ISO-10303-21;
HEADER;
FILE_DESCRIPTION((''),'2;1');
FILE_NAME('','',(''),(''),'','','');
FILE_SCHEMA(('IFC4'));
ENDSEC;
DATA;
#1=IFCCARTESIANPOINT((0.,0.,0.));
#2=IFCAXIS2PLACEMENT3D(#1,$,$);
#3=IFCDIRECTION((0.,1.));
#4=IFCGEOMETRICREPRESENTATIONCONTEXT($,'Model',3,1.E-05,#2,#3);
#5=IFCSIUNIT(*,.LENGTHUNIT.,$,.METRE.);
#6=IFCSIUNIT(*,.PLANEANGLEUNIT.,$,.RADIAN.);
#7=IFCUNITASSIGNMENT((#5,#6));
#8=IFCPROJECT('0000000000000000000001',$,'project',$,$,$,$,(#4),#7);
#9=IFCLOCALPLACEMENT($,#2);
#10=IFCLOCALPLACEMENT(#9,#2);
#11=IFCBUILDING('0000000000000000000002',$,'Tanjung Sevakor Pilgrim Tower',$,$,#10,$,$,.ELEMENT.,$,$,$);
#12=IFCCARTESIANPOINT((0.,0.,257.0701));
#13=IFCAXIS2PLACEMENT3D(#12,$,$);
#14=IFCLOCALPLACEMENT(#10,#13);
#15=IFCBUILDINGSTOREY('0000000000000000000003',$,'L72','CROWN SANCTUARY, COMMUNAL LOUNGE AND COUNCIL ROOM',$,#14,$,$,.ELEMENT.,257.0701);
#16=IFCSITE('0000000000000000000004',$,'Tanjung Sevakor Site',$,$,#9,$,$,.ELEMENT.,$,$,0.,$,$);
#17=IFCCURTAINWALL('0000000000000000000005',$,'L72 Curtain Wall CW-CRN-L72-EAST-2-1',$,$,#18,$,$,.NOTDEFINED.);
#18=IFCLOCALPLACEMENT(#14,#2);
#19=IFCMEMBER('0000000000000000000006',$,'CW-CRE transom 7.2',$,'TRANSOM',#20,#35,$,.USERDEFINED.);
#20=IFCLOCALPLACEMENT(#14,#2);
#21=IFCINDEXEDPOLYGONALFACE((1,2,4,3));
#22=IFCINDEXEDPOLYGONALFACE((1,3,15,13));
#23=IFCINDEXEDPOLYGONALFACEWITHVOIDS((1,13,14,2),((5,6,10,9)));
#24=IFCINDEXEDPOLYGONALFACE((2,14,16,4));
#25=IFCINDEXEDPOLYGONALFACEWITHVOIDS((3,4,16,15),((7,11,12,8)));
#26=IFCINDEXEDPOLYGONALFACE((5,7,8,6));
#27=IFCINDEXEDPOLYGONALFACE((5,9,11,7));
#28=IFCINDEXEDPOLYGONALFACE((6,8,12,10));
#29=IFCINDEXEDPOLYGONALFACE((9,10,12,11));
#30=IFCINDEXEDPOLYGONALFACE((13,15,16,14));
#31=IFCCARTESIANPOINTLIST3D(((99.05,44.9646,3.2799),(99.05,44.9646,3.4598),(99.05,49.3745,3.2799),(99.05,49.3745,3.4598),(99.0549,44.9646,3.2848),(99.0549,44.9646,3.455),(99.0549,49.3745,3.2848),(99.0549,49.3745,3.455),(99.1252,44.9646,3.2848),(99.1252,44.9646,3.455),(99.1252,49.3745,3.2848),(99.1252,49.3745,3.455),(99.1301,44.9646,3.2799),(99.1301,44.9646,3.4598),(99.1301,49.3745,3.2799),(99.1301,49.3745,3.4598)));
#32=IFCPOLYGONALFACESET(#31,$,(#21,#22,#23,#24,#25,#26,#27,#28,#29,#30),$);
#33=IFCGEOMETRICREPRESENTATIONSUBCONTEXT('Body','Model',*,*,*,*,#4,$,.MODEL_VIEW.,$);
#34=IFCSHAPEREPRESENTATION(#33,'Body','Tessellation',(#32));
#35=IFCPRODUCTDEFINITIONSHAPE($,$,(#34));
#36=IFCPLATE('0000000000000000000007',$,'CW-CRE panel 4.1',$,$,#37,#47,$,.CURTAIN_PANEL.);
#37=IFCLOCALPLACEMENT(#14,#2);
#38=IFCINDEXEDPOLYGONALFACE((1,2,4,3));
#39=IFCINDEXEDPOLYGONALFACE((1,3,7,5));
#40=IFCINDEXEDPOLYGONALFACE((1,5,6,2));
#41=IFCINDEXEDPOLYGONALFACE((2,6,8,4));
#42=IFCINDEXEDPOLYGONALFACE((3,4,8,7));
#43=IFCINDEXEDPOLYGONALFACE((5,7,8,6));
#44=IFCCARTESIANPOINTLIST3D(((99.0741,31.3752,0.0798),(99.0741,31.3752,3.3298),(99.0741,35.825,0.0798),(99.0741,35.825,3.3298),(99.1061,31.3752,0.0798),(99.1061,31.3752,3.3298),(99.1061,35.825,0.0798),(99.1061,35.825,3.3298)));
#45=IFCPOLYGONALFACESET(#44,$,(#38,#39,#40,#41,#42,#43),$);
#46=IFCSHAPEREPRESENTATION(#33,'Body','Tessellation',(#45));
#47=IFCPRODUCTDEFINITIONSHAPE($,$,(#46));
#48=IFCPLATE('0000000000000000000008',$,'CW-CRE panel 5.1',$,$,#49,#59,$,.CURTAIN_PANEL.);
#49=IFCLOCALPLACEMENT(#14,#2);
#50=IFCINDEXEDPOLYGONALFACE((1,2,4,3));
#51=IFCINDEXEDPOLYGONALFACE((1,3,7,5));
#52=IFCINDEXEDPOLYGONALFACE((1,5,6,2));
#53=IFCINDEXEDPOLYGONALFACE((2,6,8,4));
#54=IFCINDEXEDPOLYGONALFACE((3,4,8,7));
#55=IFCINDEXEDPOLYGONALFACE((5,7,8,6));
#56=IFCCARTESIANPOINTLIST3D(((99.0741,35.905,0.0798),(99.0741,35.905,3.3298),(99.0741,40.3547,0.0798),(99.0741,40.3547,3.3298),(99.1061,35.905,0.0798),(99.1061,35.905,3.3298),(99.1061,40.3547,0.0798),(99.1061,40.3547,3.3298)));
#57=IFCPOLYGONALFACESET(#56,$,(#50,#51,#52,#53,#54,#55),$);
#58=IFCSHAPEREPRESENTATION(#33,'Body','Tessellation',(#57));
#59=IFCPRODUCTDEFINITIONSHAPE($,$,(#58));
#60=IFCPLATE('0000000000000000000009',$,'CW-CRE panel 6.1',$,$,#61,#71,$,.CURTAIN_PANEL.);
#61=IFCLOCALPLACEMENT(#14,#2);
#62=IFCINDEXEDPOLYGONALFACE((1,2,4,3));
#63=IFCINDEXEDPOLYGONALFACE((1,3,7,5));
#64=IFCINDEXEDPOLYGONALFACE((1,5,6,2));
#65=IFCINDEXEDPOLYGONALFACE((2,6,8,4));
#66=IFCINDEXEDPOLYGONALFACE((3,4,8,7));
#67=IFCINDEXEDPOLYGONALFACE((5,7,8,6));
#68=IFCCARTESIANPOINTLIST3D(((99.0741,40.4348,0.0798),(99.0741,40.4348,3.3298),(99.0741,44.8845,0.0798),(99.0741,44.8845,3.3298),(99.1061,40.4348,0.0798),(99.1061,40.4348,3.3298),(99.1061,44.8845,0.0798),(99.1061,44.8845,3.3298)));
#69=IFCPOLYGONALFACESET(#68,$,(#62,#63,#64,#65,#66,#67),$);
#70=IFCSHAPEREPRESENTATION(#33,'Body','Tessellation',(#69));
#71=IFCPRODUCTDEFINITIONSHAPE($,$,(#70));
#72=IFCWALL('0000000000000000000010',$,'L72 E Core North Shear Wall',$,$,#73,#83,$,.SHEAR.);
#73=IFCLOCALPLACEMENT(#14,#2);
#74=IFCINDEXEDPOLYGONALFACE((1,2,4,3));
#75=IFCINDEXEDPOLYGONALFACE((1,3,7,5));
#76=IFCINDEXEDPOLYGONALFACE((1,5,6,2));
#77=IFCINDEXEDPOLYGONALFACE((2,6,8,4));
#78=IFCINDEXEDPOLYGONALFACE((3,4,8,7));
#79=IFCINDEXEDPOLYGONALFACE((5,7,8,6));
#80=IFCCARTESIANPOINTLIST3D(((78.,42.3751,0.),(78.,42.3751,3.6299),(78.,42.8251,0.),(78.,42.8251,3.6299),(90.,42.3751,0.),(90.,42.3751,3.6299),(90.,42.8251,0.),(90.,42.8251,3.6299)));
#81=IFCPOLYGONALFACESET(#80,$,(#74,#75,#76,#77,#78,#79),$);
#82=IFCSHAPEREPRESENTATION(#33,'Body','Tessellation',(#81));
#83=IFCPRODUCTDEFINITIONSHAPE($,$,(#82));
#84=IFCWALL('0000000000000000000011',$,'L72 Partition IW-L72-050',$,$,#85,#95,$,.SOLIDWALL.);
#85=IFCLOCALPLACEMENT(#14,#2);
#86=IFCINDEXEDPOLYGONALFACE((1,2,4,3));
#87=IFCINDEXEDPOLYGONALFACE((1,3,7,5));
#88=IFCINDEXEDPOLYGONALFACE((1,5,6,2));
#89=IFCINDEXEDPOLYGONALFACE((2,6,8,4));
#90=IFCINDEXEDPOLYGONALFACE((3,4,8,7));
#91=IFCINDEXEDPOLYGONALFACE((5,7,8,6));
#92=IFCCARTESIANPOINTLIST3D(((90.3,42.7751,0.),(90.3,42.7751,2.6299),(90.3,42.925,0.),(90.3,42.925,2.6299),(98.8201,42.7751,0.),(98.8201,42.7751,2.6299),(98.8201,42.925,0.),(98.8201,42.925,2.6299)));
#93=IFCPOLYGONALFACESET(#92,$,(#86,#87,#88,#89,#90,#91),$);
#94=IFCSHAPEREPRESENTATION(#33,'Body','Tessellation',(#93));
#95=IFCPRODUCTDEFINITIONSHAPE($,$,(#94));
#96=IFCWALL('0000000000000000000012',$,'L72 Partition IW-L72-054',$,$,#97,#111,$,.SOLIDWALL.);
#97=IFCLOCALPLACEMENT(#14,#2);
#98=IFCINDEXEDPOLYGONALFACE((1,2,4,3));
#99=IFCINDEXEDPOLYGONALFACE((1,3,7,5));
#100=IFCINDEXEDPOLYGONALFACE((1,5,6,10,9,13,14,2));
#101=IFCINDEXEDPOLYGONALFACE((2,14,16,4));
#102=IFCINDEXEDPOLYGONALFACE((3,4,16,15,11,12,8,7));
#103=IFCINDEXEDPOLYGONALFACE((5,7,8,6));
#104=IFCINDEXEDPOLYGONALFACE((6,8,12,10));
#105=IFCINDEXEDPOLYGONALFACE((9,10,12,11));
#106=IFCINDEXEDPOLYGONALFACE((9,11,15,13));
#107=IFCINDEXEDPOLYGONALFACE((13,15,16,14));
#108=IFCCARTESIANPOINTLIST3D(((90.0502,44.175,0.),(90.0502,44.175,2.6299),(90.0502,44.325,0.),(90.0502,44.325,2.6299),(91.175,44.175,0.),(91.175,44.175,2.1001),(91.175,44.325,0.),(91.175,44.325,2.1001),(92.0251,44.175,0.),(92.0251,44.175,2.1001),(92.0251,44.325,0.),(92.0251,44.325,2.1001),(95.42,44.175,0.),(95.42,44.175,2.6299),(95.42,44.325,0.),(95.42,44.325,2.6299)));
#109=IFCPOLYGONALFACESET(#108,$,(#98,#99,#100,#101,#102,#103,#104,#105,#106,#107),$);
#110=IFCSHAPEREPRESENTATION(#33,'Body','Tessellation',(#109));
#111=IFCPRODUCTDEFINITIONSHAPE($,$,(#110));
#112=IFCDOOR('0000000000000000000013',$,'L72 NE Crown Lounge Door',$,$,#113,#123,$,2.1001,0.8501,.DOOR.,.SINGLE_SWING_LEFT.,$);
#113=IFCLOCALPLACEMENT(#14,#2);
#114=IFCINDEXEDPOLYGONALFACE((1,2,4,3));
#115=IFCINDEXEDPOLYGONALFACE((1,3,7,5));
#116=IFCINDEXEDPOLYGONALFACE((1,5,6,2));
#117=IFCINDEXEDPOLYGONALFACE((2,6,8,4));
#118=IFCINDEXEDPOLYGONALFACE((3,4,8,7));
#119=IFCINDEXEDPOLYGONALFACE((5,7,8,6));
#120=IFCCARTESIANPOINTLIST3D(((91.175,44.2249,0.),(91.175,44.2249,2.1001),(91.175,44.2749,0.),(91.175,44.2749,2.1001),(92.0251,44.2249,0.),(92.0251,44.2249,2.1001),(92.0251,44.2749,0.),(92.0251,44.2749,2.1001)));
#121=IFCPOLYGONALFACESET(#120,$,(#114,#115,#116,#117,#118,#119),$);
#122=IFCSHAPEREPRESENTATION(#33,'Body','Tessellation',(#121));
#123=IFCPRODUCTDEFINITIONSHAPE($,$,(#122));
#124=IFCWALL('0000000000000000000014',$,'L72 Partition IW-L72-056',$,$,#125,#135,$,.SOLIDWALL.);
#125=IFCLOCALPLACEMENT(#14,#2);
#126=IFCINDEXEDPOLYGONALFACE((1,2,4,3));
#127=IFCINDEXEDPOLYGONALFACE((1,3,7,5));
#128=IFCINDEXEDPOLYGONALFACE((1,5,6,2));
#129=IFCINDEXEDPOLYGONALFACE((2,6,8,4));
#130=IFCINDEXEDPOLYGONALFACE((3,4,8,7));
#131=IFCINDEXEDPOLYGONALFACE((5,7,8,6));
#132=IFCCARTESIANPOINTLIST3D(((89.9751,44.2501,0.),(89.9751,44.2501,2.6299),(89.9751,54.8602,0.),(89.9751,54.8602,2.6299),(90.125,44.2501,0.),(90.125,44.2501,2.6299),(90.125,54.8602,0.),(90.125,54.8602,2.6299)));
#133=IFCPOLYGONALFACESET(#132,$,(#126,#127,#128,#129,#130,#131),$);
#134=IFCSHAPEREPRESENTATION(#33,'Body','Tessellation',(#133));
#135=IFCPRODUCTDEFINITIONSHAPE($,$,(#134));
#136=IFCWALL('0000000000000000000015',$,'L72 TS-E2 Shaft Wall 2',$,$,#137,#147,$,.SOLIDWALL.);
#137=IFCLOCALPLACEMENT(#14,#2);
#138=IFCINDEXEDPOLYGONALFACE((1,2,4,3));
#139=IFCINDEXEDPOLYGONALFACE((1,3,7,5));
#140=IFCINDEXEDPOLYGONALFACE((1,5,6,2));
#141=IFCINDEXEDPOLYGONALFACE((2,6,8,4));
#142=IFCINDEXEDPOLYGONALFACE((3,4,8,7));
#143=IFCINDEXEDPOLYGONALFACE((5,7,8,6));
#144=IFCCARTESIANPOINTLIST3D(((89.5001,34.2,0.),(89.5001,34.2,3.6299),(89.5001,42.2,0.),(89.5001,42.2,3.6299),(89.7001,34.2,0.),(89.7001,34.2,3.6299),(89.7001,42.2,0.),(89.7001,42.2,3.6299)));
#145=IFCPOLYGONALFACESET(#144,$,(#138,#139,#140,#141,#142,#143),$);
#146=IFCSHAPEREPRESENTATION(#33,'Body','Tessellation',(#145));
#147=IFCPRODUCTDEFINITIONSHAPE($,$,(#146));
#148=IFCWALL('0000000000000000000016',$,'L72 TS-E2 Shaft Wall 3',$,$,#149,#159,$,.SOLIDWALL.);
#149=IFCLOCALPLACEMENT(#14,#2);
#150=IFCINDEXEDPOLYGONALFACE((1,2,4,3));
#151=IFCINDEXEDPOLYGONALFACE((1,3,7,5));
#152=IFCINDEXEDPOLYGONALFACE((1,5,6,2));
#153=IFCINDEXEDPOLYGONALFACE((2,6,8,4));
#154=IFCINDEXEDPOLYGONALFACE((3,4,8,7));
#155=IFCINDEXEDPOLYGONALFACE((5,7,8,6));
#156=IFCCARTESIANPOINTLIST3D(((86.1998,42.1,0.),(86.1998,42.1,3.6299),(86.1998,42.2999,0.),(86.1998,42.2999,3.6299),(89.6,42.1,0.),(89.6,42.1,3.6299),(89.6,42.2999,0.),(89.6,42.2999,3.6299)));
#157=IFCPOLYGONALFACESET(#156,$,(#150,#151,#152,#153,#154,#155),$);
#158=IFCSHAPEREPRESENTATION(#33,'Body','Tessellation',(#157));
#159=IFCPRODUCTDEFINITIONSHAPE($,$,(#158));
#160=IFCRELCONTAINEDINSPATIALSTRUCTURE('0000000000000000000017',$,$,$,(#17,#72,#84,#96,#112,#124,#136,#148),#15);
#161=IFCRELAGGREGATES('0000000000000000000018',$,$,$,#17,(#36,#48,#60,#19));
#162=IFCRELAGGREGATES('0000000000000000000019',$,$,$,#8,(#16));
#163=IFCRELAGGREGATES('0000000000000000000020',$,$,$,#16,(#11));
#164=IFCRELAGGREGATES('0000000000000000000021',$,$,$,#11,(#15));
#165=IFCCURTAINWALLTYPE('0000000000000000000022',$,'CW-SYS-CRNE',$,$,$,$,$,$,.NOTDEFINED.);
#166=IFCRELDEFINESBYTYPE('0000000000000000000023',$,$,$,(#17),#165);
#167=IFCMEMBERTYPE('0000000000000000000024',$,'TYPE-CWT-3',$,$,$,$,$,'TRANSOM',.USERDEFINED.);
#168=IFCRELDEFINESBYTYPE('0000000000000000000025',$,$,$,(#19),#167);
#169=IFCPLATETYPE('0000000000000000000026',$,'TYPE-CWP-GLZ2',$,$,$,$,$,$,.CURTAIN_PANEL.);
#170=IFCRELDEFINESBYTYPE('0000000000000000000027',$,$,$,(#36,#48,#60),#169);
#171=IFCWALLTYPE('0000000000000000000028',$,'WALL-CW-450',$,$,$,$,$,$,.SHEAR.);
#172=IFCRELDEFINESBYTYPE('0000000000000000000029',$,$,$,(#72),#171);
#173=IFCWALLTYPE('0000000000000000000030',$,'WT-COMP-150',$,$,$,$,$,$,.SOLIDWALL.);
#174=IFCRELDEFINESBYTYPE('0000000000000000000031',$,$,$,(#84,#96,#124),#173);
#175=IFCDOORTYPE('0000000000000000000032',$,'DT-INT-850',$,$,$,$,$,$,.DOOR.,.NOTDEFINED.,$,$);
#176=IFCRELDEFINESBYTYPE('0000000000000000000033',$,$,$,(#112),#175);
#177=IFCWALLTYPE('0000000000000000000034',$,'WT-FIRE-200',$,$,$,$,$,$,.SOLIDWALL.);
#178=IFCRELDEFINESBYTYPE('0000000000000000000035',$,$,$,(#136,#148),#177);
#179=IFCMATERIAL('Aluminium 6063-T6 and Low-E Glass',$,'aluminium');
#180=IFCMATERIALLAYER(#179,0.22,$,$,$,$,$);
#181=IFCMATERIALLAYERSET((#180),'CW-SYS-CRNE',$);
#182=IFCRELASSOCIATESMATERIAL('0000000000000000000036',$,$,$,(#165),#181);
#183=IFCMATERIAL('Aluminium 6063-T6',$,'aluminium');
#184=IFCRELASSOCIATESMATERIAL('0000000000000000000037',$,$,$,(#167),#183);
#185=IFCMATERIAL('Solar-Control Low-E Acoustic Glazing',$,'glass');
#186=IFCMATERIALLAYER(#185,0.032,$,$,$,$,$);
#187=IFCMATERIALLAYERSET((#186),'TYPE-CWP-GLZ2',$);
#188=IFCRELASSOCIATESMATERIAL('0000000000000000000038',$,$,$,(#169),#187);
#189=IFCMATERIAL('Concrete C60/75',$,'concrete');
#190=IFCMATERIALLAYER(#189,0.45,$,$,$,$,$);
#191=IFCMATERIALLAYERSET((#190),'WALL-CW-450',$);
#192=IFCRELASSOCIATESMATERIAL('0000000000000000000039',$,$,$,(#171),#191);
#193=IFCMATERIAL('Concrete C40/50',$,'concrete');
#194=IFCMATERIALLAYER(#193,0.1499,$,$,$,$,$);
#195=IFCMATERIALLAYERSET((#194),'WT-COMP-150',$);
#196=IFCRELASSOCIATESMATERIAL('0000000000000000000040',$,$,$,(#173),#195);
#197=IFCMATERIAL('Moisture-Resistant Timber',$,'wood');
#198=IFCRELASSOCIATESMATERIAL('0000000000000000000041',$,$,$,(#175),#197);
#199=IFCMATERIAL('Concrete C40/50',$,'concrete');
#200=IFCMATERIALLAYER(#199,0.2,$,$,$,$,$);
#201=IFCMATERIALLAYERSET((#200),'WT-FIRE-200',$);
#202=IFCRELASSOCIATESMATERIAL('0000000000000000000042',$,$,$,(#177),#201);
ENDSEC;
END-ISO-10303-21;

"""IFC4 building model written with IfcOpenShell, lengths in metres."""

from ifc_helpers import new_model, si_unit, direction, frame, frame_2d, origin, origin_2d, place, context, subcontext, project, spatial, rectangle, hollow_rectangle, extrude, material, layer, layer_set, material_profile, profile_set, type_object, element, fill, aggregate, save


model = new_model("IFC4")

# Units and contexts
model_context = context("Model", 3, precision=1e-05, world=origin(), true_north=direction((0.0, 1.0)))
body_context = subcontext(model_context, "Body", "Model", "MODEL_VIEW")
ifc_project = project(units=[si_unit("LENGTHUNIT", "METRE"), si_unit("PLANEANGLEUNIT", "RADIAN")], contexts=[model_context])

# Site, building, storey
site_placement = place(None, origin())
site = spatial("IfcSite", under=ifc_project, at=site_placement, Name="Tanjung Sevakor Site", CompositionType="ELEMENT", RefElevation=0.0)
building_placement = place(site_placement, origin())
building = spatial("IfcBuilding", under=site, at=building_placement, Name="Tanjung Sevakor Pilgrim Tower", CompositionType="ELEMENT")
storey_placement = place(building_placement, frame((0.0, 0.0, 257.0701)))
storey = spatial("IfcBuildingStorey", under=building, at=storey_placement, Name="L72", Description="CROWN SANCTUARY, COMMUNAL LOUNGE AND COUNCIL ROOM", CompositionType="ELEMENT", Elevation=257.0701)

# Curtain wall, member, plates
ifc_material_1 = material(Name="Aluminium 6063-T6 and Low-E Glass", Category="aluminium")
ifc_layer_1 = layer(ifc_material_1, 0.22)
ifc_layer_set_1 = layer_set([ifc_layer_1], Name="CW-SYS-CRNE")
curtain_wall_type = type_object("IfcCurtainWallType", Name="CW-SYS-CRNE", PredefinedType="NOTDEFINED", material=ifc_layer_set_1)
curtain_wall_placement = place(storey_placement, origin())
curtain_wall = element("IfcCurtainWall", 1, at=curtain_wall_placement, inside=storey, type_object=curtain_wall_type, Name="L72 Curtain Wall CW-CRN-L72-EAST-2-1", PredefinedType="NOTDEFINED")
ifc_material_2 = material(Name="Aluminium 6063-T6", Category="aluminium")
ifc_material_profile_1 = material_profile(ifc_material_2, hollow_rectangle(XDim=0.0801, YDim=0.1799, WallThickness=0.0049, at=origin_2d()))
ifc_profile_set_1 = profile_set([ifc_material_profile_1], Name="Aluminium 6063-T6")
member_type_1 = type_object("IfcMemberType", Name="TYPE-CWT-3", ElementType="TRANSOM", PredefinedType="USERDEFINED", material=ifc_profile_set_1)
member_1_placement = place(storey_placement, frame((99.0901, 44.9646, 3.3699), z_axis=(0.0, 1.0, 0.0), x_axis=(-1.0, 0.0, 0.0)))
member_1 = element("IfcMember", 2, at=member_1_placement, type_object=member_type_1, Name="CW-CRE transom 7.2", ObjectType="TRANSOM", PredefinedType="USERDEFINED", context=body_context, shape_type="SweptSolid", body=[
    extrude(hollow_rectangle(XDim=0.0801, YDim=0.1799, WallThickness=0.0049, at=origin_2d()), origin(), (0.0, 0.0, 1.0), 4.4099),
])
ifc_material_3 = material(Name="Solar-Control Low-E Acoustic Glazing", Category="glass")
ifc_layer_2 = layer(ifc_material_3, 0.032)
ifc_layer_set_2 = layer_set([ifc_layer_2], Name="TYPE-CWP-GLZ2")
plate_type = type_object("IfcPlateType", Name="TYPE-CWP-GLZ2", PredefinedType="CURTAIN_PANEL", material=ifc_layer_set_2)
plate_1_placement = place(storey_placement, frame((99.0901, 33.6001, 0.0798), z_axis=(0.0, 0.0, 1.0), x_axis=(0.0, 1.0, 0.0)))
plate_1 = element("IfcPlate", 3, at=plate_1_placement, type_object=plate_type, Name="CW-CRE panel 4.1", PredefinedType="CURTAIN_PANEL", context=body_context, shape_type="SweptSolid", body=[
    extrude(rectangle(XDim=4.4497, YDim=0.032, at=origin_2d()), origin(), (0.0, 0.0, 1.0), 3.25),
])
plate_2_placement = place(storey_placement, frame((99.0901, 38.1299, 0.0798), z_axis=(0.0, 0.0, 1.0), x_axis=(0.0, 1.0, 0.0)))
plate_2 = element("IfcPlate", 4, at=plate_2_placement, type_object=plate_type, Name="CW-CRE panel 5.1", PredefinedType="CURTAIN_PANEL", context=body_context, shape_type="SweptSolid", body=[
    extrude(rectangle(XDim=4.4497, YDim=0.032, at=origin_2d()), origin(), (0.0, 0.0, 1.0), 3.25),
])
plate_3_placement = place(storey_placement, frame((99.0901, 42.6597, 0.0798), z_axis=(0.0, 0.0, 1.0), x_axis=(0.0, 1.0, 0.0)))
plate_3 = element("IfcPlate", 5, at=plate_3_placement, type_object=plate_type, Name="CW-CRE panel 6.1", PredefinedType="CURTAIN_PANEL", context=body_context, shape_type="SweptSolid", body=[
    extrude(rectangle(XDim=4.4497, YDim=0.032, at=origin_2d()), origin(), (0.0, 0.0, 1.0), 3.25),
])
aggregate(curtain_wall, [plate_1, plate_2, plate_3, member_1])

# Walls
ifc_material_4 = material(Name="Concrete C60/75", Category="concrete")
ifc_layer_3 = layer(ifc_material_4, 0.45)
ifc_layer_set_3 = layer_set([ifc_layer_3], Name="WALL-CW-450")
wall_type_1 = type_object("IfcWallType", Name="WALL-CW-450", PredefinedType="SHEAR", material=ifc_layer_set_3)
wall_1_placement = place(storey_placement, frame((90.0, 42.6001, 0.0), z_axis=(0.0, 0.0, 1.0), x_axis=(-1.0, 0.0, 0.0)))
element("IfcWall", 6, at=wall_1_placement, inside=storey, type_object=wall_type_1, Name="L72 E Core North Shear Wall", PredefinedType="SHEAR", context=body_context, shape_type="SweptSolid", body=[
    extrude(rectangle(XDim=12.0, YDim=0.45, at=frame_2d((6.0, 0.0))), origin(), (0.0, 0.0, 1.0), 3.6299),
])
ifc_material_5 = material(Name="Concrete C40/50", Category="concrete")
ifc_layer_4 = layer(ifc_material_5, 0.1499)
ifc_layer_set_4 = layer_set([ifc_layer_4], Name="WT-COMP-150")
wall_type_2 = type_object("IfcWallType", Name="WT-COMP-150", PredefinedType="SOLIDWALL", material=ifc_layer_set_4)
wall_2_placement = place(storey_placement, frame((90.3, 42.8501, 0.0), z_axis=(0.0, 0.0, 1.0), x_axis=(1.0, 0.0, 0.0)))
element("IfcWall", 7, at=wall_2_placement, inside=storey, type_object=wall_type_2, Name="L72 Partition IW-L72-050", PredefinedType="SOLIDWALL", context=body_context, shape_type="SweptSolid", body=[
    extrude(rectangle(XDim=8.52, YDim=0.1499, at=frame_2d((4.26, 0.0))), origin(), (0.0, 0.0, 1.0), 2.6299),
])

# Wall, opening, door
wall_3_placement = place(storey_placement, frame((90.05, 44.25, 0.0), z_axis=(0.0, 0.0, 1.0), x_axis=(1.0, 0.0, 0.0)))
wall_3 = element("IfcWall", 8, at=wall_3_placement, inside=storey, type_object=wall_type_2, Name="L72 Partition IW-L72-054", PredefinedType="SOLIDWALL", context=body_context, shape_type="SweptSolid", body=[
    extrude(rectangle(XDim=5.3699, YDim=0.1499, at=frame_2d((2.6851, 0.0))), origin(), (0.0, 0.0, 1.0), 2.6299),
])
opening_placement = place(wall_3_placement, frame((1.125, 0.0, 0.0)))
opening = element("IfcOpeningElement", 9, at=opening_placement, cuts=wall_3, PredefinedType="OPENING", context=body_context, shape_type="SweptSolid", body=[
    extrude(rectangle(XDim=0.8501, YDim=2.1001, at=frame_2d((0.425, 1.05))), frame((0.0, 0.085, 0.0), z_axis=(0.0, -1.0, 0.0), x_axis=(1.0, 0.0, 0.0)), (0.0, 0.0, 1.0), 0.1699),
])
ifc_material_6 = material(Name="Moisture-Resistant Timber", Category="wood")
door_type = type_object("IfcDoorType", Name="DT-INT-850", OperationType="NOTDEFINED", PredefinedType="DOOR", material=ifc_material_6)
door_placement = place(opening_placement, origin())
door = element("IfcDoor", 10, at=door_placement, inside=storey, type_object=door_type, Name="L72 NE Crown Lounge Door", OperationType="SINGLE_SWING_LEFT", OverallHeight=2.1001, OverallWidth=0.8501, PredefinedType="DOOR", context=body_context, shape_type="SweptSolid", body=[
    extrude(rectangle(XDim=0.8501, YDim=2.1001, at=frame_2d((0.425, 1.05))), frame((0.0, 0.0249, 0.0), z_axis=(0.0, -1.0, 0.0), x_axis=(1.0, 0.0, 0.0)), (0.0, 0.0, 1.0), 0.05),
])
fill(opening, door)

# Walls
wall_4_placement = place(storey_placement, frame((90.05, 44.25, 0.0), z_axis=(0.0, 0.0, 1.0), x_axis=(0.0, 1.0, 0.0)))
element("IfcWall", 11, at=wall_4_placement, inside=storey, type_object=wall_type_2, Name="L72 Partition IW-L72-056", PredefinedType="SOLIDWALL", context=body_context, shape_type="SweptSolid", body=[
    extrude(rectangle(XDim=10.6101, YDim=0.1499, at=frame_2d((5.3052, 0.0))), origin(), (0.0, 0.0, 1.0), 2.6299),
])
ifc_material_7 = material(Name="Concrete C40/50", Category="concrete")
ifc_layer_5 = layer(ifc_material_7, 0.2)
ifc_layer_set_5 = layer_set([ifc_layer_5], Name="WT-FIRE-200")
wall_type_3 = type_object("IfcWallType", Name="WT-FIRE-200", PredefinedType="SOLIDWALL", material=ifc_layer_set_5)
wall_5_placement = place(storey_placement, frame((89.6001, 34.2, 0.0), z_axis=(0.0, 0.0, 1.0), x_axis=(0.0, 1.0, 0.0)))
element("IfcWall", 12, at=wall_5_placement, inside=storey, type_object=wall_type_3, Name="L72 TS-E2 Shaft Wall 2", PredefinedType="SOLIDWALL", context=body_context, shape_type="SweptSolid", body=[
    extrude(rectangle(XDim=8.0, YDim=0.2, at=frame_2d((4.0, 0.0))), origin(), (0.0, 0.0, 1.0), 3.6299),
])
wall_6_placement = place(storey_placement, frame((89.6001, 42.2, 0.0), z_axis=(0.0, 0.0, 1.0), x_axis=(-1.0, 0.0, 0.0)))
element("IfcWall", 13, at=wall_6_placement, inside=storey, type_object=wall_type_3, Name="L72 TS-E2 Shaft Wall 3", PredefinedType="SOLIDWALL", context=body_context, shape_type="SweptSolid", body=[
    extrude(rectangle(XDim=3.4001, YDim=0.2, at=frame_2d((1.7002, 0.0))), origin(), (0.0, 0.0, 1.0), 3.6299),
])

save(model, "model.ifc")
